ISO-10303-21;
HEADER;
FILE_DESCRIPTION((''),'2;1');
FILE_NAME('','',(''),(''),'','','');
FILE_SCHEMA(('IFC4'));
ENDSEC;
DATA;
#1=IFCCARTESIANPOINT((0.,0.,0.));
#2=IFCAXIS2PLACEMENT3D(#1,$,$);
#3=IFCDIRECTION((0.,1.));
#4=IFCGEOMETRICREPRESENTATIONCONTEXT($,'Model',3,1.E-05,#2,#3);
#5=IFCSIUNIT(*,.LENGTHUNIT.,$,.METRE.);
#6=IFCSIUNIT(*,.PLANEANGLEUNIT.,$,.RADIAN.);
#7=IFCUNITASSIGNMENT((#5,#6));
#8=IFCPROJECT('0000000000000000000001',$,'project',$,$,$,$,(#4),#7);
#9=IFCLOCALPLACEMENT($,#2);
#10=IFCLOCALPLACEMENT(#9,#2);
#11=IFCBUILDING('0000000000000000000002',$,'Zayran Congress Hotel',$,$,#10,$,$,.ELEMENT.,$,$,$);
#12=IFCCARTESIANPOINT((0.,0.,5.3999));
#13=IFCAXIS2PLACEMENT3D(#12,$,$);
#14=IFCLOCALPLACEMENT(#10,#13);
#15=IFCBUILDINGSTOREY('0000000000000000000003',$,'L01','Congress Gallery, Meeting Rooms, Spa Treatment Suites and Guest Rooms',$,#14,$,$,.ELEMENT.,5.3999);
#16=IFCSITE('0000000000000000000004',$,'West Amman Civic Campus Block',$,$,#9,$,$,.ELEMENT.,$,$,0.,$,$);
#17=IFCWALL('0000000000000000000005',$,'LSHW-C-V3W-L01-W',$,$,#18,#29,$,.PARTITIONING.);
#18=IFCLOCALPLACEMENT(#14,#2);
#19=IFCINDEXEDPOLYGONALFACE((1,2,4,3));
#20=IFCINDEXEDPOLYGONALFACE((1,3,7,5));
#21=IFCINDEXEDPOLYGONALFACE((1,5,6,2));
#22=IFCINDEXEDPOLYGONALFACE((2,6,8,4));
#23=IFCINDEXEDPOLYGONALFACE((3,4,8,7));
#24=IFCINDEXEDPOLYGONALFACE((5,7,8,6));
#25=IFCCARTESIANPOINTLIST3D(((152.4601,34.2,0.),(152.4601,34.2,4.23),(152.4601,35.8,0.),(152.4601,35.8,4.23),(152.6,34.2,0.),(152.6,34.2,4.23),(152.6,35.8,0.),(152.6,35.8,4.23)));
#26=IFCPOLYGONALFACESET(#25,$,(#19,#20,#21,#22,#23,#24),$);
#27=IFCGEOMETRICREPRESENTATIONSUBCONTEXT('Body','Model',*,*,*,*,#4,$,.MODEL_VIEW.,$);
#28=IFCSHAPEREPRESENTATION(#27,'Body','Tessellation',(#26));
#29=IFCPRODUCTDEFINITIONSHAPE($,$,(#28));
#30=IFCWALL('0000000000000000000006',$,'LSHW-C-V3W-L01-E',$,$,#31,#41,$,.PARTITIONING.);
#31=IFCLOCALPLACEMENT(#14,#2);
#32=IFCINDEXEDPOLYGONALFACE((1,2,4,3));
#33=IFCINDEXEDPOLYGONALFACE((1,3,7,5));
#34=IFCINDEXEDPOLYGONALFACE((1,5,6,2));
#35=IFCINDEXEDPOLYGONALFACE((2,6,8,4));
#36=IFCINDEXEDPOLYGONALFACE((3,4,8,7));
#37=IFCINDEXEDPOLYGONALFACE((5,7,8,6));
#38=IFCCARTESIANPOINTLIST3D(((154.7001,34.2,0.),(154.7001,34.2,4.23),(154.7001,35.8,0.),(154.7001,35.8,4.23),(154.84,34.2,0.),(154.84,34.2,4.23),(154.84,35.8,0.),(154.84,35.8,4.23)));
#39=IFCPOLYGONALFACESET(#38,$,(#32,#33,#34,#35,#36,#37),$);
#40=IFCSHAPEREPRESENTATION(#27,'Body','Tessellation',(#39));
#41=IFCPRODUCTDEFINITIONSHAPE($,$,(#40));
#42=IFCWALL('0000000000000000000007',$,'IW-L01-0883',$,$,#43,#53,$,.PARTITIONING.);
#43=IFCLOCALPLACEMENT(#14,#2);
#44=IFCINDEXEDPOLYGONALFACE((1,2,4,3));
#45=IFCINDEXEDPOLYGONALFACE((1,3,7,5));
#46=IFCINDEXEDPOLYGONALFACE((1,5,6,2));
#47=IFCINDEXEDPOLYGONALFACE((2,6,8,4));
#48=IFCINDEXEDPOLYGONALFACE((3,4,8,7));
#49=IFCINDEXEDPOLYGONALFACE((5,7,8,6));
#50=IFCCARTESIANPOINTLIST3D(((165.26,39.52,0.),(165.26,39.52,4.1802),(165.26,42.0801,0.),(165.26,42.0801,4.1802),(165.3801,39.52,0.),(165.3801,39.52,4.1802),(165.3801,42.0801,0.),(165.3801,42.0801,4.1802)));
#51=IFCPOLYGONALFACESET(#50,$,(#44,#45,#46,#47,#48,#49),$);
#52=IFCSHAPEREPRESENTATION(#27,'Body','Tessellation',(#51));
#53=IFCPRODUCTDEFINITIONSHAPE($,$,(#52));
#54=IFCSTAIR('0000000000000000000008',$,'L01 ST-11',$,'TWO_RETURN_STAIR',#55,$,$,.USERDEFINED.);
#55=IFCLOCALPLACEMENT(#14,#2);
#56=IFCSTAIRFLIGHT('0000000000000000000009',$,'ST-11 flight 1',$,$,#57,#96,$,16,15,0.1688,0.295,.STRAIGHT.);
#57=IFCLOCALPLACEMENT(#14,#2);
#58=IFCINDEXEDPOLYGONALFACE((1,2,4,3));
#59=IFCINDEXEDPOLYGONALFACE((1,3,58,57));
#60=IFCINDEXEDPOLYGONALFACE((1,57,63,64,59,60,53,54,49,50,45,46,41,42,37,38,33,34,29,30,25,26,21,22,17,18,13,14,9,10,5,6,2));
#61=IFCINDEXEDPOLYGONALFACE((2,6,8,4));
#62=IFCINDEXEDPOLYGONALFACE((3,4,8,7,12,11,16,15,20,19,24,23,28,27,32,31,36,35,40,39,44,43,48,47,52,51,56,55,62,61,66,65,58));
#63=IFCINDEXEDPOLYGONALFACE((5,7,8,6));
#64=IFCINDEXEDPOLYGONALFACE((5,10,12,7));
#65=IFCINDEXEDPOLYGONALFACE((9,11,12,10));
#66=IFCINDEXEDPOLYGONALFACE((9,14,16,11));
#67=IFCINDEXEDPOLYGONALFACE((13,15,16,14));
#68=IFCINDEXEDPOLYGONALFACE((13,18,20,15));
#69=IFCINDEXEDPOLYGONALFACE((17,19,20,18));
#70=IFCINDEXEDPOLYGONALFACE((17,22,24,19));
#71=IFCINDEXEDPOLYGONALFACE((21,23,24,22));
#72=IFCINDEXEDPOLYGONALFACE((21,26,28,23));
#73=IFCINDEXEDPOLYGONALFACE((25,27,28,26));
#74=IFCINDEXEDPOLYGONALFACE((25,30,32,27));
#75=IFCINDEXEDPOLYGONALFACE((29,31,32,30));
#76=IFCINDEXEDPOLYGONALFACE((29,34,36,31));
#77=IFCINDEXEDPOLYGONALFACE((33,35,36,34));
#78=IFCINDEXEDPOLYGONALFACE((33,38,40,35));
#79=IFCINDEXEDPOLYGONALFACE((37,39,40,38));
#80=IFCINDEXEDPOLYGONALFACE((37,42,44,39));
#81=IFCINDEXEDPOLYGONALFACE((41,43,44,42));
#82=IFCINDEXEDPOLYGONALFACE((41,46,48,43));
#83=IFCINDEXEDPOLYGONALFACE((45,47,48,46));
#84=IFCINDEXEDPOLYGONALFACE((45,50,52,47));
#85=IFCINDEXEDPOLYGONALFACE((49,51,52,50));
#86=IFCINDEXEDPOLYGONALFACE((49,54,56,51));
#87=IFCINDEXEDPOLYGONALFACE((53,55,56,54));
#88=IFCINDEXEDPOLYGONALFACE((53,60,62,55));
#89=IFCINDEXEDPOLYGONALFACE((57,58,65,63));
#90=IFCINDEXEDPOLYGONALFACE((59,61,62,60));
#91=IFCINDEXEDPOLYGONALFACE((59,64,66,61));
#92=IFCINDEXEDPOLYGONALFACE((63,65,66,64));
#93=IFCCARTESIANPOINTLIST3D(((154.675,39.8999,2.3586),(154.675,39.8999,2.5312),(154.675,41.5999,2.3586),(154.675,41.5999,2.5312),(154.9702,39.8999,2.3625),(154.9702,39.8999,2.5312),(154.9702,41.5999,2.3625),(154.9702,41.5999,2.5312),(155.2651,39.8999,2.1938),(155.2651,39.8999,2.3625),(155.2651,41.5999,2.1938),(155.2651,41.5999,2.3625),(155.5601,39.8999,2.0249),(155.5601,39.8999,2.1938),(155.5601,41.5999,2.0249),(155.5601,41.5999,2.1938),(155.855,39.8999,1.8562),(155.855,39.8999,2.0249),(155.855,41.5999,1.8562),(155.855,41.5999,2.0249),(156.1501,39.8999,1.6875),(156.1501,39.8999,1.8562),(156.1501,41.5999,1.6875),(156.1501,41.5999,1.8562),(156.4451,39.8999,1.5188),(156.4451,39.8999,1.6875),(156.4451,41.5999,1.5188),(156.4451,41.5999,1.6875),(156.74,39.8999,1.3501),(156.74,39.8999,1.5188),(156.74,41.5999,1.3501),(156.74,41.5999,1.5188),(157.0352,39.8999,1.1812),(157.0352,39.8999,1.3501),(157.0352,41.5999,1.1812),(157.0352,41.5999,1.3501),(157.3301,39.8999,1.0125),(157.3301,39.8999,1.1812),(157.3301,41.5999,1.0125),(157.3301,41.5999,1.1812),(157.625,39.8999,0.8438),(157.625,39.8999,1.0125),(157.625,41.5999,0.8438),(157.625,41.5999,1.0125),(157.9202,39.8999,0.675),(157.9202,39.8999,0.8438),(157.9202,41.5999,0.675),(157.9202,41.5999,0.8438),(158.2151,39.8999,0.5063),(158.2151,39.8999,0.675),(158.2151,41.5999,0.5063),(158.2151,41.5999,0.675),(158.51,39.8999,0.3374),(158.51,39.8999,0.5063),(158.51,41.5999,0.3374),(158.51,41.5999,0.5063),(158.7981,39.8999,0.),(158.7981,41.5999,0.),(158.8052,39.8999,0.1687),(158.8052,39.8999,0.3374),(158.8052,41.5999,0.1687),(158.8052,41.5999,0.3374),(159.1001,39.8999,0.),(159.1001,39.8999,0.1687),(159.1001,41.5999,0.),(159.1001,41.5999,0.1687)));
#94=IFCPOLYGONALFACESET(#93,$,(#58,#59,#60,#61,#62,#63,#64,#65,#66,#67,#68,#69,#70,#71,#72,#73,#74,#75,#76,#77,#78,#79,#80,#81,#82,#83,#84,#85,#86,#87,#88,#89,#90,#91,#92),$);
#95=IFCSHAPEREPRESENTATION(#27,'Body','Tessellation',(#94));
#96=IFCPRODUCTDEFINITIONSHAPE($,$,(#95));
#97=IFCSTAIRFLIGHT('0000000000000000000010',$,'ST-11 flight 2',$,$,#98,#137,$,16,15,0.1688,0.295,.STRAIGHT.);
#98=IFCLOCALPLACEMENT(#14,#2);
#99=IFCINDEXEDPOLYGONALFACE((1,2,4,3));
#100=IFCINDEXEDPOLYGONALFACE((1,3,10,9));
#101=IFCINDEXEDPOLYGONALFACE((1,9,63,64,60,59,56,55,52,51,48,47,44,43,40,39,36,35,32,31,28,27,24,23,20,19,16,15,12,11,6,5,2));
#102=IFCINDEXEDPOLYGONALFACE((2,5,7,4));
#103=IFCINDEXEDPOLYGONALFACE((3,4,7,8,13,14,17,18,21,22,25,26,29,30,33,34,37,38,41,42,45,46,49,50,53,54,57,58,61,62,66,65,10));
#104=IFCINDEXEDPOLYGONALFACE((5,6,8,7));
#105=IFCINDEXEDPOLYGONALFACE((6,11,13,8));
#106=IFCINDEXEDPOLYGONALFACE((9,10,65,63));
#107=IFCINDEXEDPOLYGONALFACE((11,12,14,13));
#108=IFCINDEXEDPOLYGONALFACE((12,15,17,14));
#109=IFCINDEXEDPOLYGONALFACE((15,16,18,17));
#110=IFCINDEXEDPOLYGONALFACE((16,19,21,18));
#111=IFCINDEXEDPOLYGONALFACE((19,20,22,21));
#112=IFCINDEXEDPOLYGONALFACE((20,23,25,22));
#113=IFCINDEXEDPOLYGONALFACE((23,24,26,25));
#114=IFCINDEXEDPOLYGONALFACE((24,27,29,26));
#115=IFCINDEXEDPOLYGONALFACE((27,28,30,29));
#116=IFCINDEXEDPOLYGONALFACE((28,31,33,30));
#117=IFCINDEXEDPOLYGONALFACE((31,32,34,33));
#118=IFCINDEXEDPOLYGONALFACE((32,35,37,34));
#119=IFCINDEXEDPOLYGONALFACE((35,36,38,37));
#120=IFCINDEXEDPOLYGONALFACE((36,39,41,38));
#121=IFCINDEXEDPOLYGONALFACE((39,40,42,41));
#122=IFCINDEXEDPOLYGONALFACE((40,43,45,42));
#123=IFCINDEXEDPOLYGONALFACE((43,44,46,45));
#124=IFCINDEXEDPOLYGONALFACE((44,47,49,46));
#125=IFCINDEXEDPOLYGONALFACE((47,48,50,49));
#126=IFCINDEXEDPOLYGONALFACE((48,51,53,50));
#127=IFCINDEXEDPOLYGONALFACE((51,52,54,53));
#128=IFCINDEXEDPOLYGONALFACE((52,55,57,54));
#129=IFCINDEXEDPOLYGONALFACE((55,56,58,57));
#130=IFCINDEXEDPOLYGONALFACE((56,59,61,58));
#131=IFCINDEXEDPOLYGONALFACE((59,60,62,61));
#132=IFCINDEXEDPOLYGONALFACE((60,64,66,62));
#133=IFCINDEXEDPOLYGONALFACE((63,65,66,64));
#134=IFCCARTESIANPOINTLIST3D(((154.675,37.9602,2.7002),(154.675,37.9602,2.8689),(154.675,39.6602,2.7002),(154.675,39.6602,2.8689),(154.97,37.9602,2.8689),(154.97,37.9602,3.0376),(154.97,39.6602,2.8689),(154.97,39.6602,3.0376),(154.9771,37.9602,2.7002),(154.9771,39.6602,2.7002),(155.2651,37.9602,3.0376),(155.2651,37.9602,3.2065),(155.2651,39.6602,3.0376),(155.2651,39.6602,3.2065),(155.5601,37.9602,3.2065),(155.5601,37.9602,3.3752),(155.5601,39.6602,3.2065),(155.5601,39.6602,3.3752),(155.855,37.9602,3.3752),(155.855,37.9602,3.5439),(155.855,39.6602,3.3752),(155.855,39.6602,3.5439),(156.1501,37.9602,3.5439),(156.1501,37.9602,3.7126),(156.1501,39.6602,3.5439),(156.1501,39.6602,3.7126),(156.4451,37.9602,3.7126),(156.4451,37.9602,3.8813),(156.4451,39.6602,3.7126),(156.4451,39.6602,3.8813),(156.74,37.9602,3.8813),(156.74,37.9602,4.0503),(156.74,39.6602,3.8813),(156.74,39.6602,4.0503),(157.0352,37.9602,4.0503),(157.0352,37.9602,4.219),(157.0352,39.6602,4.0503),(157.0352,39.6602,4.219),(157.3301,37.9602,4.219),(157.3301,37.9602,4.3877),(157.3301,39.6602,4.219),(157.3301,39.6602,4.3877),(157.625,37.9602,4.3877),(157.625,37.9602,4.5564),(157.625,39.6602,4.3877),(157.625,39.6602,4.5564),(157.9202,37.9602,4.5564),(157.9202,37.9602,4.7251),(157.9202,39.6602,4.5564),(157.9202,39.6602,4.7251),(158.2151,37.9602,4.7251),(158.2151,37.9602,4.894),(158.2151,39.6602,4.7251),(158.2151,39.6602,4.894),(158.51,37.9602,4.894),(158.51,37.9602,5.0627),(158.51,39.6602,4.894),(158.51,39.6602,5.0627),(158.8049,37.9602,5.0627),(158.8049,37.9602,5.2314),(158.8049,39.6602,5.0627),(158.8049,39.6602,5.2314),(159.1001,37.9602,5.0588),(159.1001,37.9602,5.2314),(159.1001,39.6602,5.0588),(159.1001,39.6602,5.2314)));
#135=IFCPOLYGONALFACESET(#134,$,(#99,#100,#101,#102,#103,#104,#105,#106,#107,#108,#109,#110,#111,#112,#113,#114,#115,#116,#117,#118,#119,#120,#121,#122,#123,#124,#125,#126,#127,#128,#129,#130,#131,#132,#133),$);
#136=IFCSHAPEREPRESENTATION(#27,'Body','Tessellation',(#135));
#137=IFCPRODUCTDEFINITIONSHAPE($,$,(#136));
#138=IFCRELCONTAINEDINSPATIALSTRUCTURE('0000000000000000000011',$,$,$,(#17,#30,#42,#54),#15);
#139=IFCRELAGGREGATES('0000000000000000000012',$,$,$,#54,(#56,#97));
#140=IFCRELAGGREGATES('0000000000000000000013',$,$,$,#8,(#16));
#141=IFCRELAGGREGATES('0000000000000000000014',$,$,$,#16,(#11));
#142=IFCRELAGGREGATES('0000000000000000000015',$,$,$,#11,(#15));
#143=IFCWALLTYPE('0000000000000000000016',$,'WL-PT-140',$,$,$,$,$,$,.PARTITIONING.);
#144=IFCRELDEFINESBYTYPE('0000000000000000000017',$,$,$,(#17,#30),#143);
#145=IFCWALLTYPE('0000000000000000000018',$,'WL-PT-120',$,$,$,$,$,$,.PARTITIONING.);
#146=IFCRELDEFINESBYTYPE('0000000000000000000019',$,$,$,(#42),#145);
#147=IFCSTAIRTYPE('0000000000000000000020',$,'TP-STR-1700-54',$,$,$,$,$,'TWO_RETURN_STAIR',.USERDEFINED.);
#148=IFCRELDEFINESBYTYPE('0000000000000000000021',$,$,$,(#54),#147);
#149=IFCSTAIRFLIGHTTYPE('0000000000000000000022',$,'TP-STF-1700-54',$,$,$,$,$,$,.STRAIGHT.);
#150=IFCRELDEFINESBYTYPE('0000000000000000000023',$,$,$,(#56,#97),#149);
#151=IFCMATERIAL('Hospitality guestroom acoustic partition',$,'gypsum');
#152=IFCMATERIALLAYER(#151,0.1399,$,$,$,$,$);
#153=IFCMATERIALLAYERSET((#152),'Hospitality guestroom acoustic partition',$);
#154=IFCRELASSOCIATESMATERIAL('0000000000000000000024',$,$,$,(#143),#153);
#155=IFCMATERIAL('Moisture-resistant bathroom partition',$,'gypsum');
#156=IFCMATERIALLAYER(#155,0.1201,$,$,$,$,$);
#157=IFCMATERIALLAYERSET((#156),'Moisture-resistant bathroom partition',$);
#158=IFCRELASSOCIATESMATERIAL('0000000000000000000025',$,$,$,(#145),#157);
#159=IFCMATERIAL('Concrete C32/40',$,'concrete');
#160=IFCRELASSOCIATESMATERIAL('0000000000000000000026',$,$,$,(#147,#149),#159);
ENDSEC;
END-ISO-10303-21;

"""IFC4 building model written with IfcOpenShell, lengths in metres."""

from ifc_helpers import new_model, si_unit, direction, frame, frame_2d, origin, place, context, subcontext, project, spatial, polyline, rectangle, outline, extrude, material, layer, layer_set, type_object, element, aggregate, save


model = new_model("IFC4")

# Units and contexts
model_context = context("Model", 3, precision=1e-05, world=origin(), true_north=direction((0.0, 1.0)))
body_context = subcontext(model_context, "Body", "Model", "MODEL_VIEW")
ifc_project = project(units=[si_unit("LENGTHUNIT", "METRE"), si_unit("PLANEANGLEUNIT", "RADIAN")], contexts=[model_context])

# Site, building, storey
site_placement = place(None, origin())
site = spatial("IfcSite", under=ifc_project, at=site_placement, Name="West Amman Civic Campus Block", CompositionType="ELEMENT", RefElevation=0.0)
building_placement = place(site_placement, origin())
building = spatial("IfcBuilding", under=site, at=building_placement, Name="Zayran Congress Hotel", CompositionType="ELEMENT")
storey_placement = place(building_placement, frame((0.0, 0.0, 5.3999)))
storey = spatial("IfcBuildingStorey", under=building, at=storey_placement, Name="L01", Description="Congress Gallery, Meeting Rooms, Spa Treatment Suites and Guest Rooms", CompositionType="ELEMENT", Elevation=5.3999)

# Walls
ifc_material_1 = material(Name="Hospitality guestroom acoustic partition", Category="gypsum")
ifc_layer_1 = layer(ifc_material_1, 0.1399)
ifc_layer_set_1 = layer_set([ifc_layer_1], Name="Hospitality guestroom acoustic partition")
wall_type_1 = type_object("IfcWallType", Name="WL-PT-140", PredefinedType="PARTITIONING", material=ifc_layer_set_1)
for number, where, z_axis, x_axis, name in (
    (1, (152.53, 34.2, 0.0), (0.0, 0.0, 1.0), (0.0, 1.0, 0.0), "LSHW-C-V3W-L01-W"),
    (2, (154.77, 34.2, 0.0), (0.0, 0.0, 1.0), (0.0, 1.0, 0.0), "LSHW-C-V3W-L01-E"),
):
    element("IfcWall", number, at=place(storey_placement, frame(where, z_axis=z_axis, x_axis=x_axis)), inside=storey, type_object=wall_type_1, Name=name, PredefinedType="PARTITIONING", context=body_context, shape_type="SweptSolid", body=[
        extrude(rectangle(XDim=1.6001, YDim=0.1399, at=frame_2d((0.8, 0.0))), origin(), (0.0, 0.0, 1.0), 4.23),
    ])

# Shared definitions
ifc_material_2 = material(Name="Moisture-resistant bathroom partition", Category="gypsum")
ifc_layer_2 = layer(ifc_material_2, 0.1201)
ifc_layer_set_2 = layer_set([ifc_layer_2], Name="Moisture-resistant bathroom partition")
wall_type_2 = type_object("IfcWallType", Name="WL-PT-120", PredefinedType="PARTITIONING", material=ifc_layer_set_2)

# Wall
wall_1_placement = place(storey_placement, frame((165.3201, 39.52, 0.0), z_axis=(0.0, 0.0, 1.0), x_axis=(0.0, 1.0, 0.0)))
element("IfcWall", 3, at=wall_1_placement, inside=storey, type_object=wall_type_2, Name="IW-L01-0883", PredefinedType="PARTITIONING", context=body_context, shape_type="SweptSolid", body=[
    extrude(rectangle(XDim=2.5601, YDim=0.1201, at=frame_2d((1.28, 0.0))), origin(), (0.0, 0.0, 1.0), 4.1802),
])

# Stair, stair flights
ifc_material_3 = material(Name="Concrete C32/40", Category="concrete")
stair_type = type_object("IfcStairType", Name="TP-STR-1700-54", ElementType="TWO_RETURN_STAIR", PredefinedType="USERDEFINED", material=ifc_material_3)
stair_placement = place(storey_placement, origin())
stair = element("IfcStair", 4, at=stair_placement, inside=storey, type_object=stair_type, Name="L01 ST-11", ObjectType="TWO_RETURN_STAIR", PredefinedType="USERDEFINED")
stair_flight_type = type_object("IfcStairFlightType", Name="TP-STF-1700-54", PredefinedType="STRAIGHT", material=ifc_material_3)
stair_flight_1_placement = place(storey_placement, frame((159.1001, 40.75, 0.0), z_axis=(0.0, 0.0, 1.0), x_axis=(-1.0, 0.0, 0.0)))
stair_flight_1 = element("IfcStairFlight", 5, at=stair_flight_1_placement, type_object=stair_flight_type, Name="ST-11 flight 1", NumberOfRisers=16, NumberOfTreads=15, PredefinedType="STRAIGHT", RiserHeight=0.1688, TreadLength=0.295, context=body_context, shape_type="SweptSolid", body=[
    extrude(outline(polyline([(0.0, 0.0), (0.0, 0.1687), (0.2949, 0.1687), (0.2949, 0.3374), (0.5901, 0.3374), (0.5901, 0.5063), (0.885, 0.5063), (0.885, 0.675), (1.1799, 0.675), (1.1799, 0.8438), (1.4751, 0.8438), (1.4751, 1.0125), (1.77, 1.0125), (1.77, 1.1812), (2.0649, 1.1812), (2.0649, 1.3501), (2.3601, 1.3501), (2.3601, 1.5188), (2.655, 1.5188), (2.655, 1.6875), (2.95, 1.6875), (2.95, 1.8562), (3.2451, 1.8562), (3.2451, 2.0249), (3.54, 2.0249), (3.54, 2.1938), (3.835, 2.1938), (3.835, 2.3625), (4.1299, 2.3625), (4.1299, 2.5312), (4.425, 2.5312), (4.425, 2.7), (4.425, 2.3586), (0.302, 0.0), (0.0, 0.0)])), frame((0.0, 0.8501, 0.0), z_axis=(0.0, -1.0, 0.0), x_axis=(1.0, 0.0, 0.0)), (0.0, 0.0, 1.0), 1.7),
])
stair_flight_2_placement = place(storey_placement, frame((154.675, 38.8101, 2.7002), z_axis=(0.0, 0.0, 1.0), x_axis=(1.0, 0.0, 0.0)))
stair_flight_2 = element("IfcStairFlight", 6, at=stair_flight_2_placement, type_object=stair_flight_type, Name="ST-11 flight 2", NumberOfRisers=16, NumberOfTreads=15, PredefinedType="STRAIGHT", RiserHeight=0.1688, TreadLength=0.295, context=body_context, shape_type="SweptSolid", body=[
    extrude(outline(polyline([(0.0, 0.0), (0.0, 0.1687), (0.2949, 0.1687), (0.2949, 0.3374), (0.5901, 0.3374), (0.5901, 0.5063), (0.885, 0.5063), (0.885, 0.675), (1.1799, 0.675), (1.1799, 0.8438), (1.4751, 0.8438), (1.4751, 1.0125), (1.77, 1.0125), (1.77, 1.1812), (2.0649, 1.1812), (2.0649, 1.3501), (2.3601, 1.3501), (2.3601, 1.5188), (2.655, 1.5188), (2.655, 1.6875), (2.95, 1.6875), (2.95, 1.8562), (3.2451, 1.8562), (3.2451, 2.0249), (3.54, 2.0249), (3.54, 2.1938), (3.835, 2.1938), (3.835, 2.3625), (4.1299, 2.3625), (4.1299, 2.5312), (4.425, 2.5312), (4.425, 2.7), (4.425, 2.3586), (0.302, 0.0), (0.0, 0.0)])), frame((0.0, 0.8501, 0.0), z_axis=(0.0, -1.0, 0.0), x_axis=(1.0, 0.0, 0.0)), (0.0, 0.0, 1.0), 1.7),
])
aggregate(stair, [stair_flight_1, stair_flight_2])

save(model, "model.ifc")
